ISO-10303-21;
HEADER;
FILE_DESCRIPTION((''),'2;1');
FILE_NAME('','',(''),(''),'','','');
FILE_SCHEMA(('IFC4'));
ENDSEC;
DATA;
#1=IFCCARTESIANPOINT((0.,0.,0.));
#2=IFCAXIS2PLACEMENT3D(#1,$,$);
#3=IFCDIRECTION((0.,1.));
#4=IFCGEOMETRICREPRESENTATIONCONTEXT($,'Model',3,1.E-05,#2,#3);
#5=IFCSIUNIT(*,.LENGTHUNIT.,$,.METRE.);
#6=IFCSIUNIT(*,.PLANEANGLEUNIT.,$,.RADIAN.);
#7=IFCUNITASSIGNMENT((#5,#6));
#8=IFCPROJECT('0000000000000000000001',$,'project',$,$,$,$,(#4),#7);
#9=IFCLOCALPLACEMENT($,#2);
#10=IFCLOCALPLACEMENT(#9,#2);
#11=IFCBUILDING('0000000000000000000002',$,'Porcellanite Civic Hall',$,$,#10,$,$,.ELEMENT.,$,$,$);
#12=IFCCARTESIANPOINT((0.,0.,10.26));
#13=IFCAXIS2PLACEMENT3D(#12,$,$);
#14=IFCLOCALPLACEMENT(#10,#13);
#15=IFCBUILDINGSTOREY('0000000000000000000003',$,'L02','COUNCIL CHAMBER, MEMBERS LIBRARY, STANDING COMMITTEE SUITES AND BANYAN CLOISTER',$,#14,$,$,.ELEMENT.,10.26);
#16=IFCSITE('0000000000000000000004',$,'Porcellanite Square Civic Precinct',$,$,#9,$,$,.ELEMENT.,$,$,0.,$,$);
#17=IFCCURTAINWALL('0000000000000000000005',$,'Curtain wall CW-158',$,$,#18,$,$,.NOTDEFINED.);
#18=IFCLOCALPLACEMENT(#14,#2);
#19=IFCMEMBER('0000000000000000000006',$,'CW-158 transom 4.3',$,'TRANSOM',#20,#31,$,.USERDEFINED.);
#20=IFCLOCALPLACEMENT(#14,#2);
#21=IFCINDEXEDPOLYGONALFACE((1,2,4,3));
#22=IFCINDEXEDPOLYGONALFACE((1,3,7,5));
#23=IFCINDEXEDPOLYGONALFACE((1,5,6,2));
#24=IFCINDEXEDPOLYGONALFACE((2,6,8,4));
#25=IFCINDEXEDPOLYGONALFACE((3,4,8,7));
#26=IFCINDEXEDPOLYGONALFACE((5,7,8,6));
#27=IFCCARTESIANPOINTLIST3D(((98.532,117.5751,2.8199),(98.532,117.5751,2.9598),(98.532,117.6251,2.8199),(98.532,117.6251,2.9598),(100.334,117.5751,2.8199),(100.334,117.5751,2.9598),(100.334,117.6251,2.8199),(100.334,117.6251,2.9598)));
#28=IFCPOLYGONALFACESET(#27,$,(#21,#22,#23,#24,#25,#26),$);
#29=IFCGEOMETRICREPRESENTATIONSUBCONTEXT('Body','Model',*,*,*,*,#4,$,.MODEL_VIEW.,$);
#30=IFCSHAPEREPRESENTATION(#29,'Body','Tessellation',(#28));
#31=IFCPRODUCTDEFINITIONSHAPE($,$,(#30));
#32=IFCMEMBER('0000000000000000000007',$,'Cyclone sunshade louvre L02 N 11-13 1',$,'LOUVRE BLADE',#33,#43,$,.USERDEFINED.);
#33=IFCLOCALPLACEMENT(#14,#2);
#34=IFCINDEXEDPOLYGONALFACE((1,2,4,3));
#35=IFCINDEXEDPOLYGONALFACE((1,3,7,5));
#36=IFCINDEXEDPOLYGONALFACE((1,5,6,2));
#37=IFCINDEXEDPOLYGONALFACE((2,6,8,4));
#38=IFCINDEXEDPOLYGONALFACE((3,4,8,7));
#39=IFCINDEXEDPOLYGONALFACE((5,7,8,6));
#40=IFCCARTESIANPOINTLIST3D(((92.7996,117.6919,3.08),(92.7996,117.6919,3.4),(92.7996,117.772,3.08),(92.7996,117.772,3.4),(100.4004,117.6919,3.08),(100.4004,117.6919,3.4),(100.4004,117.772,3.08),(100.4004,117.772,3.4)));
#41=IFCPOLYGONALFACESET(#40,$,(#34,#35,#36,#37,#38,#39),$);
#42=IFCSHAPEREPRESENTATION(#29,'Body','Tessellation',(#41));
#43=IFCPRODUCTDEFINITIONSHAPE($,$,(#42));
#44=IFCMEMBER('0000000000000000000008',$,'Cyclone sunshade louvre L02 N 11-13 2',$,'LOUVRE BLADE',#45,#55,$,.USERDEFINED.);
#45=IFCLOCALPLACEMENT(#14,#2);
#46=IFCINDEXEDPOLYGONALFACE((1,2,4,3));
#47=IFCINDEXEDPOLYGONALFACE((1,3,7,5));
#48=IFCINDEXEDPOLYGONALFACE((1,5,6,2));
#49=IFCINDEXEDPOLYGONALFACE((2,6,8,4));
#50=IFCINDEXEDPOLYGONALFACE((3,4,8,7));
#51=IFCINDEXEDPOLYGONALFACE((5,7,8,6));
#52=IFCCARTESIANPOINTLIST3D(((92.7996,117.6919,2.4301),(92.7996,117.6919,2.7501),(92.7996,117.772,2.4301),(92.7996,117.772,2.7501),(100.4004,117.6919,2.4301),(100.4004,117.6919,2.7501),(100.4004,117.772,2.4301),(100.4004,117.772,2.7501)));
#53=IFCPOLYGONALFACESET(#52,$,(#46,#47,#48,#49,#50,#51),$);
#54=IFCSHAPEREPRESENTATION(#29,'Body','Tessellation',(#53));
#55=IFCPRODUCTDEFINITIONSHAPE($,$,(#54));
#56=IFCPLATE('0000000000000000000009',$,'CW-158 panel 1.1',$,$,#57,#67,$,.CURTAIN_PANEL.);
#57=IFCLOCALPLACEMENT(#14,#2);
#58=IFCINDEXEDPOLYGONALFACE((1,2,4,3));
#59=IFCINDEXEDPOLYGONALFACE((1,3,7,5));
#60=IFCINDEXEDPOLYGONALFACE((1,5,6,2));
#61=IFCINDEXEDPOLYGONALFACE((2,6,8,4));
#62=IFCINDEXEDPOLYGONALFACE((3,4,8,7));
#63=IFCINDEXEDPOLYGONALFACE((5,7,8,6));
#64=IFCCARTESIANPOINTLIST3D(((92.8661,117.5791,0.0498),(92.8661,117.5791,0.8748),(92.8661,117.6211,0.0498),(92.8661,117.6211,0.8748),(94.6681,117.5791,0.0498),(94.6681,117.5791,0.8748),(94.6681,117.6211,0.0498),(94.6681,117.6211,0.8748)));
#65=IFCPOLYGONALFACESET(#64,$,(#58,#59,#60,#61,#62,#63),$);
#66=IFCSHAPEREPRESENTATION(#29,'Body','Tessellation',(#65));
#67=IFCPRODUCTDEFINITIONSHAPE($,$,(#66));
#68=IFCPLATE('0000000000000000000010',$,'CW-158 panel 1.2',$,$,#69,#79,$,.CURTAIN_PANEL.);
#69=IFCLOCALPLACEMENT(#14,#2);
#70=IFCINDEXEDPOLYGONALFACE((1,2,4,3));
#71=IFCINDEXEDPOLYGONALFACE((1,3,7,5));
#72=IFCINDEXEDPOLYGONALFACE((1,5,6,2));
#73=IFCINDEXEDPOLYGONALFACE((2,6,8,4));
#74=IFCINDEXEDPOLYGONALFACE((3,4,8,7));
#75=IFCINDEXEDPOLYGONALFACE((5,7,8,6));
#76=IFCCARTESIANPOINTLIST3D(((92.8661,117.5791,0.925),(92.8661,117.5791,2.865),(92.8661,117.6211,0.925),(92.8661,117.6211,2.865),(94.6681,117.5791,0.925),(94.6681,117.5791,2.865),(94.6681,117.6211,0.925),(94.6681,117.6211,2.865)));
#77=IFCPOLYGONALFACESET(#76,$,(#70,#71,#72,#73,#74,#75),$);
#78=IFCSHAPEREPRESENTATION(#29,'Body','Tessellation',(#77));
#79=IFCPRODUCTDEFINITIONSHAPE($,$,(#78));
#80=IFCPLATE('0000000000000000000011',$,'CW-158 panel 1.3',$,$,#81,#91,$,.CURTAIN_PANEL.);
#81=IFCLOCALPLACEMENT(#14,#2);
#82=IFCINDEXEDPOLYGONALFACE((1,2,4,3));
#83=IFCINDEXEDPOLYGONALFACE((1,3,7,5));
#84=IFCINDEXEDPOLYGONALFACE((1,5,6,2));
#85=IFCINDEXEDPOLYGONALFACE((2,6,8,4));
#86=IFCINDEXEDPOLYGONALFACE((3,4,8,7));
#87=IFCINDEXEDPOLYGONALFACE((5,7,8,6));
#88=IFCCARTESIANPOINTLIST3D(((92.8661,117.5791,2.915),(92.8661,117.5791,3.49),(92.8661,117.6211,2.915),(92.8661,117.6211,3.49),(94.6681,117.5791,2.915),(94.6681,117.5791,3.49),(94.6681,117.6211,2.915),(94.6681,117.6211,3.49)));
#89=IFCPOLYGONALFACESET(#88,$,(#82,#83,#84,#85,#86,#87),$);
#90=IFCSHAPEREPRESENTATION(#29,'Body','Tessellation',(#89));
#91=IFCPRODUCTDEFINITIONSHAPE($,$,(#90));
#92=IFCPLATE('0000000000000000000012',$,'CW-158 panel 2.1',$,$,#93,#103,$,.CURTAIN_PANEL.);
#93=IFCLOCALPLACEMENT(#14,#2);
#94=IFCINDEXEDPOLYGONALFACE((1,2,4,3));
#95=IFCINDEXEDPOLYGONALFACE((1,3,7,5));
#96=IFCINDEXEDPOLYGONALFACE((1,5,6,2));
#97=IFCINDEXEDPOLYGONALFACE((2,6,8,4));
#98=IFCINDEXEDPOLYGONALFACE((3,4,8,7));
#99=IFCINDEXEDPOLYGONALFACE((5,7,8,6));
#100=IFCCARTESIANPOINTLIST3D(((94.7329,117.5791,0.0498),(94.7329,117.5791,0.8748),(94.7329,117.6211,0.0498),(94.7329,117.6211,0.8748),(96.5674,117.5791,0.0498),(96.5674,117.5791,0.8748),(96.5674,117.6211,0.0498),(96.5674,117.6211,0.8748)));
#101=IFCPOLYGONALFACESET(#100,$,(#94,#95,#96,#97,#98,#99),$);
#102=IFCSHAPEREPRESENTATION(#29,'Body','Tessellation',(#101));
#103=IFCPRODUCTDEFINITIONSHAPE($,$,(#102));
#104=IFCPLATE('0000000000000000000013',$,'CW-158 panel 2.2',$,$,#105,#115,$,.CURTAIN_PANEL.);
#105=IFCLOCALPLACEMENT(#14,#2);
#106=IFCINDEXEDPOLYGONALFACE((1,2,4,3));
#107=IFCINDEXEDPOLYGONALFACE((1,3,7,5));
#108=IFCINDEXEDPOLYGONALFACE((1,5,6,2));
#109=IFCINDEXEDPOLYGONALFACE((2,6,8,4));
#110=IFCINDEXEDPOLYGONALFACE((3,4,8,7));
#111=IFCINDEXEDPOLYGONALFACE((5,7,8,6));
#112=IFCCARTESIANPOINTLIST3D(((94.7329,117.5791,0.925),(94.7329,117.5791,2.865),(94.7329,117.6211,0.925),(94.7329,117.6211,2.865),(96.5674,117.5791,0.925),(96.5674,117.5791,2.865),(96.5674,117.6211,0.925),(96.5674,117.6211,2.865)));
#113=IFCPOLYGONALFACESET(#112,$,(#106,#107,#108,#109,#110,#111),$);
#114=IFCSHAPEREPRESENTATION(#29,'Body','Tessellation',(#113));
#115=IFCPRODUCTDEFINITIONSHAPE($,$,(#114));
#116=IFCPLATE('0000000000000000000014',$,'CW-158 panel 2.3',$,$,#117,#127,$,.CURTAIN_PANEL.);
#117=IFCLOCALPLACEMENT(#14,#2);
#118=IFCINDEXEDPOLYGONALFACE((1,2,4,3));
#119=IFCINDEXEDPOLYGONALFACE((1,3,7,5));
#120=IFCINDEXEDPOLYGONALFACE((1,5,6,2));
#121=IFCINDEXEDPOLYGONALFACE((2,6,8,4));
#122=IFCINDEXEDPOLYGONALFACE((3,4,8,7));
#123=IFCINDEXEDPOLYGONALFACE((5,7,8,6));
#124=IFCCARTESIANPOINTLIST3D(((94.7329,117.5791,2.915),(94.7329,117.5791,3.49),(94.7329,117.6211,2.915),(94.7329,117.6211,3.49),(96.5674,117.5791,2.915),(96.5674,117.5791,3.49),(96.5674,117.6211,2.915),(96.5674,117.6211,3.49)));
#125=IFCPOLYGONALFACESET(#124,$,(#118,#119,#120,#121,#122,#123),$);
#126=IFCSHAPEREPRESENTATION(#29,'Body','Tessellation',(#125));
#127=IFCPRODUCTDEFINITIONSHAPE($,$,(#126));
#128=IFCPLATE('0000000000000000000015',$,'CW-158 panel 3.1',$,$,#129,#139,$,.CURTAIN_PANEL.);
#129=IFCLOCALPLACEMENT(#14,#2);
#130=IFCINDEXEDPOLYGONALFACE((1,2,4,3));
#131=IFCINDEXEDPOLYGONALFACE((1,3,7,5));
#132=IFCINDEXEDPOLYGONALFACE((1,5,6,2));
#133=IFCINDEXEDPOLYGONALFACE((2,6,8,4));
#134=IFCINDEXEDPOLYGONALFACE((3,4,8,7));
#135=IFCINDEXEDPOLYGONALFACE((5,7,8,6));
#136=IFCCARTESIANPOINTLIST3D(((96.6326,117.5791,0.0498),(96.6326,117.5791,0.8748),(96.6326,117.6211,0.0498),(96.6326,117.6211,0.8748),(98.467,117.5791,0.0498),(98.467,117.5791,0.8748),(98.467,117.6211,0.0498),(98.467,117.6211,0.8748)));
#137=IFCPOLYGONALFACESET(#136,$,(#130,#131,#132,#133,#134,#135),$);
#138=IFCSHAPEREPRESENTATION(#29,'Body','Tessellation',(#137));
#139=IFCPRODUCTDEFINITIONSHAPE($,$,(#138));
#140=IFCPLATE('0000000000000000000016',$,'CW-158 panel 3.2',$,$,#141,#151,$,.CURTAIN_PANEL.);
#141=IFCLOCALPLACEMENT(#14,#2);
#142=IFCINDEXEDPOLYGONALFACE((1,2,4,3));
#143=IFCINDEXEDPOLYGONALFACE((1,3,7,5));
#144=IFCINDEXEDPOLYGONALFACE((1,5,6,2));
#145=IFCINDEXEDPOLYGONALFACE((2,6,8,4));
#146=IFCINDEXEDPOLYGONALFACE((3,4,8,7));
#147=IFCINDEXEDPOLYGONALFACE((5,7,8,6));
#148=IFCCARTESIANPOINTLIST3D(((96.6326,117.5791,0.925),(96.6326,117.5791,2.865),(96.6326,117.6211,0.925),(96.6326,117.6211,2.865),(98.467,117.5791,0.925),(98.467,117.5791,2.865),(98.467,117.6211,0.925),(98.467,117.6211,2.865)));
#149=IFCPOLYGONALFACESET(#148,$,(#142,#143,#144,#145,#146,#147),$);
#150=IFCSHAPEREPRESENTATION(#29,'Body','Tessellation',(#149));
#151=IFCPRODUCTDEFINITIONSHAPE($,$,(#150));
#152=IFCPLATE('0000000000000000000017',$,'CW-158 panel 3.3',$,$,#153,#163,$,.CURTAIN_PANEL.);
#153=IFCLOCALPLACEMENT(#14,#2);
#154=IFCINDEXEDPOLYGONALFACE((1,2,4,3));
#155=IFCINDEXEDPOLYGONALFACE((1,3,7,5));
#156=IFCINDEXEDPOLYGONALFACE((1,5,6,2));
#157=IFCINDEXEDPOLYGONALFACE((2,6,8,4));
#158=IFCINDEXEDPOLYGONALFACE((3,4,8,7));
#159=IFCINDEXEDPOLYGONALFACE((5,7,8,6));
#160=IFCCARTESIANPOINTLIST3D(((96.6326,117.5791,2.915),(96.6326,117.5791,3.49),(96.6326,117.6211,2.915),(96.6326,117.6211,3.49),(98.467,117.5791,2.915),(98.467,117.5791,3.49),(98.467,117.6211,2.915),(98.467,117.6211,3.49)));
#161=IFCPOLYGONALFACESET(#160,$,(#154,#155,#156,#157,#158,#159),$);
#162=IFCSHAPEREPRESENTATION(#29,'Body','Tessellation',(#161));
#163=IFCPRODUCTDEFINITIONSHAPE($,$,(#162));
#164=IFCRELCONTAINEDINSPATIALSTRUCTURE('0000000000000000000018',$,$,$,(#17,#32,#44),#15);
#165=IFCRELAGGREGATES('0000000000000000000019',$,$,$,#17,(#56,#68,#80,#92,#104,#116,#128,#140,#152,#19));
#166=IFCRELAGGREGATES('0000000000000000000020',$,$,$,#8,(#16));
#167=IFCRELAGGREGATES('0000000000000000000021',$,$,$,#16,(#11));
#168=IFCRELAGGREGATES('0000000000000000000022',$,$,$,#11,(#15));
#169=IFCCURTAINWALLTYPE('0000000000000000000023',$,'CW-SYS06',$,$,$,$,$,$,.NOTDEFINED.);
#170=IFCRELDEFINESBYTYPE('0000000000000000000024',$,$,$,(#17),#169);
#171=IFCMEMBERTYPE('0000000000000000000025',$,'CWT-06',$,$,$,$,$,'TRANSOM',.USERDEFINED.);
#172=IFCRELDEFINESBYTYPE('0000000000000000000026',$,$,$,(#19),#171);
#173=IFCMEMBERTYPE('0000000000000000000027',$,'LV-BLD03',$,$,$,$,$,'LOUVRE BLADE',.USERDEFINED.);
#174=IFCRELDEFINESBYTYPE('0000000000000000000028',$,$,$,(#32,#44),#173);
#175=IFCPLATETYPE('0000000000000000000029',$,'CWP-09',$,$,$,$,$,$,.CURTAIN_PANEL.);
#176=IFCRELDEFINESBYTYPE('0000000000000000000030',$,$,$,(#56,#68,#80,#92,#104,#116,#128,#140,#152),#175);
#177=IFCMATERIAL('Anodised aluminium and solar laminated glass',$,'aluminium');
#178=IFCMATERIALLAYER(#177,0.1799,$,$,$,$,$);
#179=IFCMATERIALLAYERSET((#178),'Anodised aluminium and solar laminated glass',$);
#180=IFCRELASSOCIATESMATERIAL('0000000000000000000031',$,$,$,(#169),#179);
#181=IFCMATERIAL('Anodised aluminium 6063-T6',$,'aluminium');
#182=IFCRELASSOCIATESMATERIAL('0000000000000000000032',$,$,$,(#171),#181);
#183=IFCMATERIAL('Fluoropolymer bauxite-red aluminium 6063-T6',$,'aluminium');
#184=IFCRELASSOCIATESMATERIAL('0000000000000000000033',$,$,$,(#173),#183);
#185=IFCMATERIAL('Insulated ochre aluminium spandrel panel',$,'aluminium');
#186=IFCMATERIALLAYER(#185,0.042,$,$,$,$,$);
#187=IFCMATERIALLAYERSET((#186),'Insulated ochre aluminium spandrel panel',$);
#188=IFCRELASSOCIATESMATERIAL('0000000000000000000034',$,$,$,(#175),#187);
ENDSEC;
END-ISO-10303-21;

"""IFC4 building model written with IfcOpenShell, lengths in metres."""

from ifc_helpers import new_model, si_unit, direction, frame, origin, origin_2d, place, context, subcontext, project, spatial, rectangle, extrude, material, layer, layer_set, material_profile, profile_set, type_object, element, aggregate, save


model = new_model("IFC4")

# Units and contexts
model_context = context("Model", 3, precision=1e-05, world=origin(), true_north=direction((0.0, 1.0)))
body_context = subcontext(model_context, "Body", "Model", "MODEL_VIEW")
ifc_project = project(units=[si_unit("LENGTHUNIT", "METRE"), si_unit("PLANEANGLEUNIT", "RADIAN")], contexts=[model_context])

# Site, building, storey
site_placement = place(None, origin())
site = spatial("IfcSite", under=ifc_project, at=site_placement, Name="Porcellanite Square Civic Precinct", CompositionType="ELEMENT", RefElevation=0.0)
building_placement = place(site_placement, origin())
building = spatial("IfcBuilding", under=site, at=building_placement, Name="Porcellanite Civic Hall", CompositionType="ELEMENT")
storey_placement = place(building_placement, frame((0.0, 0.0, 10.26)))
storey = spatial("IfcBuildingStorey", under=building, at=storey_placement, Name="L02", Description="COUNCIL CHAMBER, MEMBERS LIBRARY, STANDING COMMITTEE SUITES AND BANYAN CLOISTER", CompositionType="ELEMENT", Elevation=10.26)

# Curtain wall, member
ifc_material_1 = material(Name="Anodised aluminium and solar laminated glass", Category="aluminium")
ifc_layer_1 = layer(ifc_material_1, 0.1799)
ifc_layer_set_1 = layer_set([ifc_layer_1], Name="Anodised aluminium and solar laminated glass")
curtain_wall_type = type_object("IfcCurtainWallType", Name="CW-SYS06", PredefinedType="NOTDEFINED", material=ifc_layer_set_1)
curtain_wall_placement = place(storey_placement, origin())
curtain_wall = element("IfcCurtainWall", 1, at=curtain_wall_placement, inside=storey, type_object=curtain_wall_type, Name="Curtain wall CW-158", PredefinedType="NOTDEFINED")
ifc_material_2 = material(Name="Anodised aluminium 6063-T6", Category="aluminium")
ifc_material_profile_1 = material_profile(ifc_material_2, rectangle(XDim=0.05, YDim=0.1399, at=origin_2d()), Name="AL-50x140")
ifc_profile_set_1 = profile_set([ifc_material_profile_1], Name="Anodised aluminium 6063-T6")
member_type_1 = type_object("IfcMemberType", Name="CWT-06", ElementType="TRANSOM", PredefinedType="USERDEFINED", material=ifc_profile_set_1)
member_1_placement = place(storey_placement, frame((98.532, 117.6001, 2.8899), z_axis=(1.0, 0.0, 0.0), x_axis=(0.0, 1.0, 0.0)))
member_1 = element("IfcMember", 2, at=member_1_placement, type_object=member_type_1, Name="CW-158 transom 4.3", ObjectType="TRANSOM", PredefinedType="USERDEFINED", context=body_context, shape_type="SweptSolid", body=[
    extrude(rectangle(XDim=0.05, YDim=0.1399, at=origin_2d()), origin(), (0.0, 0.0, 1.0), 1.802),
])

# Members
ifc_material_3 = material(Name="Fluoropolymer bauxite-red aluminium 6063-T6", Category="aluminium")
ifc_material_profile_2 = material_profile(ifc_material_3, rectangle(XDim=0.0801, YDim=0.3201, at=origin_2d()), Name="AL-80x320")
ifc_profile_set_2 = profile_set([ifc_material_profile_2], Name="Fluoropolymer bauxite-red aluminium 6063-T6")
member_type_2 = type_object("IfcMemberType", Name="LV-BLD03", ElementType="LOUVRE BLADE", PredefinedType="USERDEFINED", material=ifc_profile_set_2)
for number, where, z_axis, x_axis, name in (
    (3, (92.7996, 117.7319, 3.24), (1.0, 0.0, 0.0), (0.0, 1.0, 0.0), "Cyclone sunshade louvre L02 N 11-13 1"),
    (4, (92.7996, 117.7319, 2.5901), (1.0, 0.0, 0.0), (0.0, 1.0, 0.0), "Cyclone sunshade louvre L02 N 11-13 2"),
):
    element("IfcMember", number, at=place(storey_placement, frame(where, z_axis=z_axis, x_axis=x_axis)), inside=storey, type_object=member_type_2, Name=name, ObjectType="LOUVRE BLADE", PredefinedType="USERDEFINED", context=body_context, shape_type="SweptSolid", body=[
        extrude(rectangle(XDim=0.0801, YDim=0.3201, at=origin_2d()), origin(), (0.0, 0.0, 1.0), 7.6008),
    ])

# Plates
ifc_material_4 = material(Name="Insulated ochre aluminium spandrel panel", Category="aluminium")
ifc_layer_2 = layer(ifc_material_4, 0.042)
ifc_layer_set_2 = layer_set([ifc_layer_2], Name="Insulated ochre aluminium spandrel panel")
plate_type = type_object("IfcPlateType", Name="CWP-09", PredefinedType="CURTAIN_PANEL", material=ifc_layer_set_2)
plate_1_placement = place(storey_placement, frame((93.7671, 117.6001, 0.0498), z_axis=(0.0, 0.0, 1.0), x_axis=(1.0, 0.0, 0.0)))
plate_1 = element("IfcPlate", 5, at=plate_1_placement, type_object=plate_type, Name="CW-158 panel 1.1", PredefinedType="CURTAIN_PANEL", context=body_context, shape_type="SweptSolid", body=[
    extrude(rectangle(XDim=1.802, YDim=0.042, at=origin_2d()), origin(), (0.0, 0.0, 1.0), 0.825),
])
plate_2_placement = place(storey_placement, frame((93.7671, 117.6001, 0.925), z_axis=(0.0, 0.0, 1.0), x_axis=(1.0, 0.0, 0.0)))
plate_2 = element("IfcPlate", 6, at=plate_2_placement, type_object=plate_type, Name="CW-158 panel 1.2", PredefinedType="CURTAIN_PANEL", context=body_context, shape_type="SweptSolid", body=[
    extrude(rectangle(XDim=1.802, YDim=0.042, at=origin_2d()), origin(), (0.0, 0.0, 1.0), 1.9399),
])
plate_3_placement = place(storey_placement, frame((93.7671, 117.6001, 2.915), z_axis=(0.0, 0.0, 1.0), x_axis=(1.0, 0.0, 0.0)))
plate_3 = element("IfcPlate", 7, at=plate_3_placement, type_object=plate_type, Name="CW-158 panel 1.3", PredefinedType="CURTAIN_PANEL", context=body_context, shape_type="SweptSolid", body=[
    extrude(rectangle(XDim=1.802, YDim=0.042, at=origin_2d()), origin(), (0.0, 0.0, 1.0), 0.575),
])
plate_4_placement = place(storey_placement, frame((95.6501, 117.6001, 0.0498), z_axis=(0.0, 0.0, 1.0), x_axis=(1.0, 0.0, 0.0)))
plate_4 = element("IfcPlate", 8, at=plate_4_placement, type_object=plate_type, Name="CW-158 panel 2.1", PredefinedType="CURTAIN_PANEL", context=body_context, shape_type="SweptSolid", body=[
    extrude(rectangle(XDim=1.8345, YDim=0.042, at=origin_2d()), origin(), (0.0, 0.0, 1.0), 0.825),
])
plate_5_placement = place(storey_placement, frame((95.6501, 117.6001, 0.925), z_axis=(0.0, 0.0, 1.0), x_axis=(1.0, 0.0, 0.0)))
plate_5 = element("IfcPlate", 9, at=plate_5_placement, type_object=plate_type, Name="CW-158 panel 2.2", PredefinedType="CURTAIN_PANEL", context=body_context, shape_type="SweptSolid", body=[
    extrude(rectangle(XDim=1.8345, YDim=0.042, at=origin_2d()), origin(), (0.0, 0.0, 1.0), 1.9399),
])
plate_6_placement = place(storey_placement, frame((95.6501, 117.6001, 2.915), z_axis=(0.0, 0.0, 1.0), x_axis=(1.0, 0.0, 0.0)))
plate_6 = element("IfcPlate", 10, at=plate_6_placement, type_object=plate_type, Name="CW-158 panel 2.3", PredefinedType="CURTAIN_PANEL", context=body_context, shape_type="SweptSolid", body=[
    extrude(rectangle(XDim=1.8345, YDim=0.042, at=origin_2d()), origin(), (0.0, 0.0, 1.0), 0.575),
])
plate_7_placement = place(storey_placement, frame((97.5498, 117.6001, 0.0498), z_axis=(0.0, 0.0, 1.0), x_axis=(1.0, 0.0, 0.0)))
plate_7 = element("IfcPlate", 11, at=plate_7_placement, type_object=plate_type, Name="CW-158 panel 3.1", PredefinedType="CURTAIN_PANEL", context=body_context, shape_type="SweptSolid", body=[
    extrude(rectangle(XDim=1.8345, YDim=0.042, at=origin_2d()), origin(), (0.0, 0.0, 1.0), 0.825),
])
plate_8_placement = place(storey_placement, frame((97.5498, 117.6001, 0.925), z_axis=(0.0, 0.0, 1.0), x_axis=(1.0, 0.0, 0.0)))
plate_8 = element("IfcPlate", 12, at=plate_8_placement, type_object=plate_type, Name="CW-158 panel 3.2", PredefinedType="CURTAIN_PANEL", context=body_context, shape_type="SweptSolid", body=[
    extrude(rectangle(XDim=1.8345, YDim=0.042, at=origin_2d()), origin(), (0.0, 0.0, 1.0), 1.9399),
])
plate_9_placement = place(storey_placement, frame((97.5498, 117.6001, 2.915), z_axis=(0.0, 0.0, 1.0), x_axis=(1.0, 0.0, 0.0)))
plate_9 = element("IfcPlate", 13, at=plate_9_placement, type_object=plate_type, Name="CW-158 panel 3.3", PredefinedType="CURTAIN_PANEL", context=body_context, shape_type="SweptSolid", body=[
    extrude(rectangle(XDim=1.8345, YDim=0.042, at=origin_2d()), origin(), (0.0, 0.0, 1.0), 0.575),
])
aggregate(curtain_wall, [plate_1, plate_2, plate_3, plate_4, plate_5, plate_6, plate_7, plate_8, plate_9, member_1])

save(model, "model.ifc")
